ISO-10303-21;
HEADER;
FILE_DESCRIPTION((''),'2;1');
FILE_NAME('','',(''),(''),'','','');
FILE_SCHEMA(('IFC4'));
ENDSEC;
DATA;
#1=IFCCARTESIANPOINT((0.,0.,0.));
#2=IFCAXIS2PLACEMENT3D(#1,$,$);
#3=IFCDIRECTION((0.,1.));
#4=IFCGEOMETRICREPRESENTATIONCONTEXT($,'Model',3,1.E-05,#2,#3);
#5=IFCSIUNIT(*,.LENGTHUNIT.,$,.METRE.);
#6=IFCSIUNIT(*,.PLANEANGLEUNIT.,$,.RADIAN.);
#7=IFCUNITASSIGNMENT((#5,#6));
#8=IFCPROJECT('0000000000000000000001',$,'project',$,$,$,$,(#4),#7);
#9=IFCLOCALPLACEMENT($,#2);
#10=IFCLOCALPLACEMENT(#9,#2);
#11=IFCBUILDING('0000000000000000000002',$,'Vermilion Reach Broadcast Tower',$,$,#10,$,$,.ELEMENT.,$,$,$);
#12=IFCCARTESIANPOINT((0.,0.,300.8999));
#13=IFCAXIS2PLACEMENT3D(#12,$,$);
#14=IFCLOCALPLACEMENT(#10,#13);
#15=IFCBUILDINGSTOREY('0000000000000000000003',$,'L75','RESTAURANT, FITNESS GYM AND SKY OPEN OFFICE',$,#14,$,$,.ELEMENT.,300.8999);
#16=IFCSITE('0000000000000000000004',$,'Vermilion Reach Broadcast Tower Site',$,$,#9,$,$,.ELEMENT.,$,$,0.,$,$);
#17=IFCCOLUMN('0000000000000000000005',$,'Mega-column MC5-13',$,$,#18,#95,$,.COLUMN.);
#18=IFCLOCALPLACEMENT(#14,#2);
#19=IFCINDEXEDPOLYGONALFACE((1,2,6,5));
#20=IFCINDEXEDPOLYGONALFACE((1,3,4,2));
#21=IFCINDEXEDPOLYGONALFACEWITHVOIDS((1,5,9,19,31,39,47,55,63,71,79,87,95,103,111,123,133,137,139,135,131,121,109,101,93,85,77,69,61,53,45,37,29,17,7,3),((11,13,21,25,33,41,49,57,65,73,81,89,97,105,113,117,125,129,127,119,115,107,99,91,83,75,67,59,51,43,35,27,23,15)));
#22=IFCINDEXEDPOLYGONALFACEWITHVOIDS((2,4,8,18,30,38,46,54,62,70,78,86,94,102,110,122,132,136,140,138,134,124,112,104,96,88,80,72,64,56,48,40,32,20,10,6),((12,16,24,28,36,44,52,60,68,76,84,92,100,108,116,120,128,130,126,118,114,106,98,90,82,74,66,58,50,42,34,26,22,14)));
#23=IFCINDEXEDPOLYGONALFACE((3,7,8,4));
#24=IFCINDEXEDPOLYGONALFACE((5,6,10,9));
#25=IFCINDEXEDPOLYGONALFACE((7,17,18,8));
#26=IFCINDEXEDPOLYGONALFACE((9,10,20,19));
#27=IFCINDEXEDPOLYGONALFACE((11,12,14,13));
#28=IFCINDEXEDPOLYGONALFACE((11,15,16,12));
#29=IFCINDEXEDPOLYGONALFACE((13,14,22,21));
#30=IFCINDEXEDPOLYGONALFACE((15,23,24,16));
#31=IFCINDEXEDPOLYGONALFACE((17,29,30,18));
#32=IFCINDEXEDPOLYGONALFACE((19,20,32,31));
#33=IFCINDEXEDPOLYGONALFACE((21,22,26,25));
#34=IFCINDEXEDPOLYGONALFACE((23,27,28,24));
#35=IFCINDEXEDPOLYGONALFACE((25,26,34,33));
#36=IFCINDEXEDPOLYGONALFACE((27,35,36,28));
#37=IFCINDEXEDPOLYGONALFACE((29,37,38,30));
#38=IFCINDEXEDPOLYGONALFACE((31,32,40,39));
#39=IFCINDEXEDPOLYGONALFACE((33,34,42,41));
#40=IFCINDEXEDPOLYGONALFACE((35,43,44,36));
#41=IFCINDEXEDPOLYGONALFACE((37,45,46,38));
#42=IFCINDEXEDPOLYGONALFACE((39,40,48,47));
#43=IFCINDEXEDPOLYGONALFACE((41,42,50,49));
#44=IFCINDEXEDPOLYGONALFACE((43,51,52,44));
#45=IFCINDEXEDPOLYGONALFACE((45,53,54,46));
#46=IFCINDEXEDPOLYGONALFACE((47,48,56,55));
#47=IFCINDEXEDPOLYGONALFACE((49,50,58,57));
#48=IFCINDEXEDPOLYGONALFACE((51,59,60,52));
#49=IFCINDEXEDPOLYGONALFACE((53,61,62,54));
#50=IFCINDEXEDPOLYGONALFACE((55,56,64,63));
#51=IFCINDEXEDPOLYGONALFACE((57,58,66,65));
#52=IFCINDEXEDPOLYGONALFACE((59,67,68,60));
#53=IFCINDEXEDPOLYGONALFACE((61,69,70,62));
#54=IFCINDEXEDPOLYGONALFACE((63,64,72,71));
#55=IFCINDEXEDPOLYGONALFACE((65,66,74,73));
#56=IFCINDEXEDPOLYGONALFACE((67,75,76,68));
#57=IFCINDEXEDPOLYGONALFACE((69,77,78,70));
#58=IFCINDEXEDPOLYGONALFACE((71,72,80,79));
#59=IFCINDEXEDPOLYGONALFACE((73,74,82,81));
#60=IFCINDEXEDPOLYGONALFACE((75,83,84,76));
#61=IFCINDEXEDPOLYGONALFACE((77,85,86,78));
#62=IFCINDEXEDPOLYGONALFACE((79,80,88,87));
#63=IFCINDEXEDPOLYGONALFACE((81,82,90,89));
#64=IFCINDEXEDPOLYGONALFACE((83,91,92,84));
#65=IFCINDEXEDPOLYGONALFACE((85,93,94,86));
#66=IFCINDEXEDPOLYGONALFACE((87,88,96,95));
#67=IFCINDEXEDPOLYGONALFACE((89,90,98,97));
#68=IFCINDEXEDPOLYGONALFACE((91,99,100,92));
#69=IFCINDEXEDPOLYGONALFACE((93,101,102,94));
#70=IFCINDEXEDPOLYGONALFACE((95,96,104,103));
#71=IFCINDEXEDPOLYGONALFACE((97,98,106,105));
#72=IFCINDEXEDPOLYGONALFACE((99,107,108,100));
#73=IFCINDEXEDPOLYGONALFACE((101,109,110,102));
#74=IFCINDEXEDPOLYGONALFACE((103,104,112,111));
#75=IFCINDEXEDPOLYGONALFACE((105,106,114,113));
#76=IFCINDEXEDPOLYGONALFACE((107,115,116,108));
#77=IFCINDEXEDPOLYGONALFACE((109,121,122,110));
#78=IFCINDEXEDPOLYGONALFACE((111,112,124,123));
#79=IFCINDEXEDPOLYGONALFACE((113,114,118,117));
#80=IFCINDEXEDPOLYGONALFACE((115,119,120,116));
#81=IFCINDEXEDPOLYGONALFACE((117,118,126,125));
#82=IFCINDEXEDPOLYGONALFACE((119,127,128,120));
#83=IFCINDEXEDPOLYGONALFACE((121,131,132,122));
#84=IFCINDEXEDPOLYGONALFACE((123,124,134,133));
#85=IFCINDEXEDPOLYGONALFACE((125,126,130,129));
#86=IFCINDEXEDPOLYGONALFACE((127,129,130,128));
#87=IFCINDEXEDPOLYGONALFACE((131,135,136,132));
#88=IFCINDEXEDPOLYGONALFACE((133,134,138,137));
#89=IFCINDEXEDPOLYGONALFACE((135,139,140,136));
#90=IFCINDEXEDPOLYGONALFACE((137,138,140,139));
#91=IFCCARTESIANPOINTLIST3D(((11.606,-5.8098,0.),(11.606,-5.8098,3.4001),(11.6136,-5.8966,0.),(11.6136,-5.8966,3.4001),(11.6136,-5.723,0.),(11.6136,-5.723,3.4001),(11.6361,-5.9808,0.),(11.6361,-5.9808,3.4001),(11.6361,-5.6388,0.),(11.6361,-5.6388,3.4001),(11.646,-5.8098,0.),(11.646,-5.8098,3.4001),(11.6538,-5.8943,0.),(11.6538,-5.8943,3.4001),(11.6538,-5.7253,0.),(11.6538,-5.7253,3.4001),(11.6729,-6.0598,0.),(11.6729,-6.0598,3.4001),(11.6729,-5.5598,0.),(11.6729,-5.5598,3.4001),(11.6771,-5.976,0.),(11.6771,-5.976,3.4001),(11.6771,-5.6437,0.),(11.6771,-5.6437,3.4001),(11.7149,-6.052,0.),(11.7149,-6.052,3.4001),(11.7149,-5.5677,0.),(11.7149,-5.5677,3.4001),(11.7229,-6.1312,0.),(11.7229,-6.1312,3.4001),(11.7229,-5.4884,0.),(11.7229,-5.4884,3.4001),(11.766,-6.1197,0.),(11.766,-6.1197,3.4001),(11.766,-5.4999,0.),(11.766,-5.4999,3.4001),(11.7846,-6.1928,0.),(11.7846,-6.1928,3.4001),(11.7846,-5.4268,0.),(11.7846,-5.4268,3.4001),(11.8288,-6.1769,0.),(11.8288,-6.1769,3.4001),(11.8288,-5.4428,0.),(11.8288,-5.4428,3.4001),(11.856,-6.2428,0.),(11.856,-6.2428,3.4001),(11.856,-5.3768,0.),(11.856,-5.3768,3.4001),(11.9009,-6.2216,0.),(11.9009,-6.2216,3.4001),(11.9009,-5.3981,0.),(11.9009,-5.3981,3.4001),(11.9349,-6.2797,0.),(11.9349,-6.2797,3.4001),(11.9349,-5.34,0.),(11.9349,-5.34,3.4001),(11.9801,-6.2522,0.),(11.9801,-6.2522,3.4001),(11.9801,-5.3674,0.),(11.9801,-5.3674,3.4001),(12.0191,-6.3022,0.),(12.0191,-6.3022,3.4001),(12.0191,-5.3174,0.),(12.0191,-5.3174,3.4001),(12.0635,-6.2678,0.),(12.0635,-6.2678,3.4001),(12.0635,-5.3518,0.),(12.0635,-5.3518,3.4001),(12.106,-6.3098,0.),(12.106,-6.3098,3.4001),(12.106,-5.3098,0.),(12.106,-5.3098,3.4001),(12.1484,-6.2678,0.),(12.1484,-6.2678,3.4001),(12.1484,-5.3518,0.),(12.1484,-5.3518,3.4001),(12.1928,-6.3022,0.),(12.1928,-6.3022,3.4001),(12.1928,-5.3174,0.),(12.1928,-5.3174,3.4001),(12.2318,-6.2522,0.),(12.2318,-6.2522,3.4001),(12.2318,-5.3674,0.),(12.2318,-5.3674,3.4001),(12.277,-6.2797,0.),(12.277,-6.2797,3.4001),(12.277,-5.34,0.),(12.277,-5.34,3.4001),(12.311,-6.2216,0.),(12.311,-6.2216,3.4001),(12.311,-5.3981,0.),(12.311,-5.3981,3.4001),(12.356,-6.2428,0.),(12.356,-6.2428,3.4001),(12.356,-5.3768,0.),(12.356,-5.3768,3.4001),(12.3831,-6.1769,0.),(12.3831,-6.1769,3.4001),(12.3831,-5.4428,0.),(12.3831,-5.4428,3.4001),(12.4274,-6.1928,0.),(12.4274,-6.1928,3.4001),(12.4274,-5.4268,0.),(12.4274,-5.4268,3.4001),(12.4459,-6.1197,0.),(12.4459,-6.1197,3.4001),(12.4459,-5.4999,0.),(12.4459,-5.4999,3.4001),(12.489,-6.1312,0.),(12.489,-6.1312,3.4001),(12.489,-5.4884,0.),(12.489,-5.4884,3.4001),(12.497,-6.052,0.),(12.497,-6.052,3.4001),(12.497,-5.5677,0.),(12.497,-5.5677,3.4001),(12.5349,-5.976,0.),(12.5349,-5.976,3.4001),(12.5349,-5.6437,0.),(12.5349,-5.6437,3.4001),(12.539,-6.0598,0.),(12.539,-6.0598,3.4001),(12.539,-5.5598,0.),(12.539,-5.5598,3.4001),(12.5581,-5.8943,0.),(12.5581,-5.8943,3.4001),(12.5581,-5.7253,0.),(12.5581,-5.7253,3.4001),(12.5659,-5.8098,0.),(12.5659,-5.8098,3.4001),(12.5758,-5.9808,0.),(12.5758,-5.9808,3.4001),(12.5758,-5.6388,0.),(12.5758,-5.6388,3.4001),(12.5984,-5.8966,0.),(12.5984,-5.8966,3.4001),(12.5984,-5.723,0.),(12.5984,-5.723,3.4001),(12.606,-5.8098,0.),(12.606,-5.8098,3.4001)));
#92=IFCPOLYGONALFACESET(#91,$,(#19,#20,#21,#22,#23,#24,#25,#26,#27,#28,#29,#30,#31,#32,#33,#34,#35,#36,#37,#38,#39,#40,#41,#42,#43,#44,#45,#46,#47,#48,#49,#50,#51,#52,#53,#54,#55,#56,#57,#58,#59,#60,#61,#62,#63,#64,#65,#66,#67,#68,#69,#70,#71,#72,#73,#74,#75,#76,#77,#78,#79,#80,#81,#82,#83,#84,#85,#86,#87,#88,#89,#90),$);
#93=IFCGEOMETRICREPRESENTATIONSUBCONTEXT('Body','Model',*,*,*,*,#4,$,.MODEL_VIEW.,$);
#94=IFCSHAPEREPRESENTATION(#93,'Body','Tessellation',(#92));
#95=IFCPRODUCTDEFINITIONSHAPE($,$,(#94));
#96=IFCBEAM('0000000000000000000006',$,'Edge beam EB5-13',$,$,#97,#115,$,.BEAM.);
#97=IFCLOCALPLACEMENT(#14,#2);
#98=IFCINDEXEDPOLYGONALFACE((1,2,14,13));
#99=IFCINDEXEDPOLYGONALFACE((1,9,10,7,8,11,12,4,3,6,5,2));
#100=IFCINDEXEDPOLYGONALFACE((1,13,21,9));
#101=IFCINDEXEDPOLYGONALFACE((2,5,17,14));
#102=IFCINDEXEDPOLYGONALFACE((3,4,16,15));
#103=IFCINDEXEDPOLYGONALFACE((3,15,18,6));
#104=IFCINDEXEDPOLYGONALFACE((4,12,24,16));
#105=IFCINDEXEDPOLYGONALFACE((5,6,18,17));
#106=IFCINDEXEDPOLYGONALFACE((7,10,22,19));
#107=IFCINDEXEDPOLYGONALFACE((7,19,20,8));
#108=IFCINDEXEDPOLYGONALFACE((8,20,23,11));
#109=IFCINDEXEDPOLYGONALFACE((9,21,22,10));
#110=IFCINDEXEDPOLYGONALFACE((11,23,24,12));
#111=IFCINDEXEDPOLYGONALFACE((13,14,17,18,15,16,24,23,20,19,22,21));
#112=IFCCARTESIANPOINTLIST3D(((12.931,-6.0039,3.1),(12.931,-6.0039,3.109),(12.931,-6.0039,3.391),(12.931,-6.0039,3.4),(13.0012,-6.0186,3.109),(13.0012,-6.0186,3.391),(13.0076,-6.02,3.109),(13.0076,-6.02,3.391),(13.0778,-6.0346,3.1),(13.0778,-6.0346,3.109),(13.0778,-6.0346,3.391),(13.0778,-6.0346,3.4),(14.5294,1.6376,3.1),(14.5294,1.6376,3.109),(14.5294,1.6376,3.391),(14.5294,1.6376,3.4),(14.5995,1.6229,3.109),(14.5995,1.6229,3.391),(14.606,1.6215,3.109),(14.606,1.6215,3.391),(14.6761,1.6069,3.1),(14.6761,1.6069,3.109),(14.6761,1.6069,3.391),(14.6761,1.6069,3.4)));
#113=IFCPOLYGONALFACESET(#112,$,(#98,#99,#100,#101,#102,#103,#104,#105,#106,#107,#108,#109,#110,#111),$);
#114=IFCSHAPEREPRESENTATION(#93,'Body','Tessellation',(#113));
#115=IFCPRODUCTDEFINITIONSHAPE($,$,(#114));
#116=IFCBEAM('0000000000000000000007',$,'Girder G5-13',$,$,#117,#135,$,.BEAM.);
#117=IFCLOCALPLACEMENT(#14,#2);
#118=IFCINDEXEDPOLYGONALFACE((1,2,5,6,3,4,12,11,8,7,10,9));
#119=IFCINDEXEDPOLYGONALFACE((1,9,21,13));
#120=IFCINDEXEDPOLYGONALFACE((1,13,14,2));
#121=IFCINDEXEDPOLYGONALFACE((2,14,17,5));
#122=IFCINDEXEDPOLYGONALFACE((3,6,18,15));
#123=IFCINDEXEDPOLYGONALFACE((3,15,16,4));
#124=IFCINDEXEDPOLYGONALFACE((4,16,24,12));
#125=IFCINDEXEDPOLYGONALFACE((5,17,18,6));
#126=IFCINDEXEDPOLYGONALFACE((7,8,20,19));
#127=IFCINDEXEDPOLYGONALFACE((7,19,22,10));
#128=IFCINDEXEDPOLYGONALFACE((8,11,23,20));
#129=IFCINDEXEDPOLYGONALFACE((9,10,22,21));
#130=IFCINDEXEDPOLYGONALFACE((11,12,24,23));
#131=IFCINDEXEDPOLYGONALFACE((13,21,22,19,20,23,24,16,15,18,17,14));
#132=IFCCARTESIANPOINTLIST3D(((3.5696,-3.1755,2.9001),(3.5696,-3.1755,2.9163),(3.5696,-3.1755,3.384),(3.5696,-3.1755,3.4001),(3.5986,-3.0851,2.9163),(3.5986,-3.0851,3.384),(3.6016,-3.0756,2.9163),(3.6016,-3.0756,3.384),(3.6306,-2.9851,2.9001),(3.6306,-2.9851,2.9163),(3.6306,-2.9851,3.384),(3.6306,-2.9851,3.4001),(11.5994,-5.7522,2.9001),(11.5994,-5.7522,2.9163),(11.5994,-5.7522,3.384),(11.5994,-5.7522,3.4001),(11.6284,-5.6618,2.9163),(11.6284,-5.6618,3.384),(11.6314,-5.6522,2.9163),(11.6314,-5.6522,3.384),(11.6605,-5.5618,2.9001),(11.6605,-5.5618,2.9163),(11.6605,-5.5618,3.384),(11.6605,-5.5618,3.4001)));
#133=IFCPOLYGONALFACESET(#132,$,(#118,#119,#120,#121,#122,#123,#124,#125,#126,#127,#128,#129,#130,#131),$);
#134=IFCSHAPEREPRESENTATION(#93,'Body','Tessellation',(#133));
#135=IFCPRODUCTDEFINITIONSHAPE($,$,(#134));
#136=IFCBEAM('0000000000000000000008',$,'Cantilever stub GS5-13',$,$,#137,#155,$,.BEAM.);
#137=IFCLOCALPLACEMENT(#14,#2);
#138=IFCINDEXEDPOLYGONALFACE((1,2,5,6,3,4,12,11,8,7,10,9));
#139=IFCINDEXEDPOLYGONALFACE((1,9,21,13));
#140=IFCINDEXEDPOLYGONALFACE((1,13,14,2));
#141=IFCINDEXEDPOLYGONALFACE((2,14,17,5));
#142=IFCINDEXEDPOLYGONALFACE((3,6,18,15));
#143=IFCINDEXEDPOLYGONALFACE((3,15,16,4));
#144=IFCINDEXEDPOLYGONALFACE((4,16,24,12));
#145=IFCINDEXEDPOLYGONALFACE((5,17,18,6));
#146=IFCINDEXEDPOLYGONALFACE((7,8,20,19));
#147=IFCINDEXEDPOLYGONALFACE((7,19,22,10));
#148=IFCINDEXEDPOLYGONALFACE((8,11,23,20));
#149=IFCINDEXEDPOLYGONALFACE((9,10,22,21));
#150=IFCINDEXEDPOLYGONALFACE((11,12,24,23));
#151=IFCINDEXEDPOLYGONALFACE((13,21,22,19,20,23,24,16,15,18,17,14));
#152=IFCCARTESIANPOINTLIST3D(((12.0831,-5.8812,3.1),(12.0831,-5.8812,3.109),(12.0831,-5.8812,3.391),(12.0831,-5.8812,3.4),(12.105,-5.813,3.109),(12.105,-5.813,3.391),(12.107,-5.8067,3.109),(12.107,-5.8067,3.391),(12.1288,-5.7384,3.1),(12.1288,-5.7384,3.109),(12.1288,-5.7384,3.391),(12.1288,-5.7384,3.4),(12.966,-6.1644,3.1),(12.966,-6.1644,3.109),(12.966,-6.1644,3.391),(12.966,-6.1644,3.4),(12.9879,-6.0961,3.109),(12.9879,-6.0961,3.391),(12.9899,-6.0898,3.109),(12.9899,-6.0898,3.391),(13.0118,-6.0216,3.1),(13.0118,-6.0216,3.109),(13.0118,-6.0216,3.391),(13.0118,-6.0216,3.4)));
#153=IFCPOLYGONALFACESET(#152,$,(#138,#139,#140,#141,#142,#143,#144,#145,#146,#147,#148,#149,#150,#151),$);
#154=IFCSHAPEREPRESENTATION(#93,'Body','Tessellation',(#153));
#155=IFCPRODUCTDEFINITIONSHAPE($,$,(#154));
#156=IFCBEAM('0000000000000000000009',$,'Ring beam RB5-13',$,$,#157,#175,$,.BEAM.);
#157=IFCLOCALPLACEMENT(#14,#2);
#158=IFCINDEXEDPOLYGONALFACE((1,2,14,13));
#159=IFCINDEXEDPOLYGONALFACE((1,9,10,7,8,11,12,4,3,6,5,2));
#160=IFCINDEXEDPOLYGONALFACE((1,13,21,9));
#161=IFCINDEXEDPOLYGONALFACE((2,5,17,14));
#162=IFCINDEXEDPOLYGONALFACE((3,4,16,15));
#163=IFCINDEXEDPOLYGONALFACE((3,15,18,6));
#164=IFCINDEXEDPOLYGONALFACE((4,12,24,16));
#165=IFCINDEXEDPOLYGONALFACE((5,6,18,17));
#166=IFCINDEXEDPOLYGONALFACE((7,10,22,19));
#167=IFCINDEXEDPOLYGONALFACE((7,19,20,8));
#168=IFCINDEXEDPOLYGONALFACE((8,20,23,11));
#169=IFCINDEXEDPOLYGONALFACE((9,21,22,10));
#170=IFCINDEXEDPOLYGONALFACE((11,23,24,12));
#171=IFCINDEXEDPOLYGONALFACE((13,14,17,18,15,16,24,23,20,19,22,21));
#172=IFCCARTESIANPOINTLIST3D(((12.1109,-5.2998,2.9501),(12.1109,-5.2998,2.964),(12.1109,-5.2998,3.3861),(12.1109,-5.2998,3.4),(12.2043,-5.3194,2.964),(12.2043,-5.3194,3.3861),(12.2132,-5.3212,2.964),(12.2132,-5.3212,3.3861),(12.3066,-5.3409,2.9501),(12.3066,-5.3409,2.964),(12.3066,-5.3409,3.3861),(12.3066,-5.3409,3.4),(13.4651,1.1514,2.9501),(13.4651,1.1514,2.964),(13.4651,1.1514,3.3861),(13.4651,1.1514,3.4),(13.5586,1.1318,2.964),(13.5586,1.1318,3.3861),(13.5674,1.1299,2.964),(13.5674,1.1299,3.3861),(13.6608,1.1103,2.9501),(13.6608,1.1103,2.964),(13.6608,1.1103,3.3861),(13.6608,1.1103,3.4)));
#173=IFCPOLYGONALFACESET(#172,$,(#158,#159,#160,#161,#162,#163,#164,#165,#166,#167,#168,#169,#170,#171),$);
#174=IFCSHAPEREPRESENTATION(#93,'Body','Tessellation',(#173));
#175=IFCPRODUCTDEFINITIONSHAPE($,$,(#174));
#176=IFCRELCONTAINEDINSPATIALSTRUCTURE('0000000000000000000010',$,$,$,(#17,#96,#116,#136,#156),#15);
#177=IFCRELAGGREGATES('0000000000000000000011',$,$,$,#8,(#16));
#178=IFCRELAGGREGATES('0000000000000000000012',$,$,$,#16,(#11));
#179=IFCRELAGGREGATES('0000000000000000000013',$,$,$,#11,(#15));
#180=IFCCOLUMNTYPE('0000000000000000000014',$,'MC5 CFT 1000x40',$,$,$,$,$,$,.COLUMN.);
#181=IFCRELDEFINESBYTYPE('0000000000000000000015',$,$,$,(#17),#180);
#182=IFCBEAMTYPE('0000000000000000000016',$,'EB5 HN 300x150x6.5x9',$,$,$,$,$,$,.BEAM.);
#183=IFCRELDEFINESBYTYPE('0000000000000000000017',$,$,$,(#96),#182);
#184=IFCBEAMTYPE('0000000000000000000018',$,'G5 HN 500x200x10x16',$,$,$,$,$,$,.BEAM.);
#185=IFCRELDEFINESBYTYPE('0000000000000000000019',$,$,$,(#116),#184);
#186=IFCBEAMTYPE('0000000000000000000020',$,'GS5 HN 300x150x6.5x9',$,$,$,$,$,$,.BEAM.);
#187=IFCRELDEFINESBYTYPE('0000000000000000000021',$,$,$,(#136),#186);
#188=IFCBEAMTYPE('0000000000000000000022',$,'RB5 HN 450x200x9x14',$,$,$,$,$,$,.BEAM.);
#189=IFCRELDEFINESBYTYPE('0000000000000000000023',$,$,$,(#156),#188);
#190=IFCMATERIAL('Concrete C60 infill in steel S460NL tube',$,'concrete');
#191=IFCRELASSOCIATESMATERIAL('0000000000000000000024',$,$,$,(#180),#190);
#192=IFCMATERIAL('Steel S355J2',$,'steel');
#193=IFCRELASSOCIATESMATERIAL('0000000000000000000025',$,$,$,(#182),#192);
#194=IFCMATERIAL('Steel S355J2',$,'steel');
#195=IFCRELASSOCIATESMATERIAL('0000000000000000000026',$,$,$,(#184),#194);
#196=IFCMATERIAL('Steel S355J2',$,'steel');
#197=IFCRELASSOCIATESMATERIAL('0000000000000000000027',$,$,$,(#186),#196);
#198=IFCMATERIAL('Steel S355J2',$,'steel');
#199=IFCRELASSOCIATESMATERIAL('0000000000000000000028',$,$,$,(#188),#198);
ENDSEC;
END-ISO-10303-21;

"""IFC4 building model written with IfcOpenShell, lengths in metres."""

from ifc_helpers import new_model, si_unit, direction, frame, origin, origin_2d, place, context, subcontext, project, spatial, hollow_circle, i_section, extrude, material, material_profile, profile_set, type_object, element, save


model = new_model("IFC4")

# Units and contexts
model_context = context("Model", 3, precision=1e-05, world=origin(), true_north=direction((0.0, 1.0)))
body_context = subcontext(model_context, "Body", "Model", "MODEL_VIEW")
ifc_project = project(units=[si_unit("LENGTHUNIT", "METRE"), si_unit("PLANEANGLEUNIT", "RADIAN")], contexts=[model_context])

# Site, building, storey
site_placement = place(None, origin())
site = spatial("IfcSite", under=ifc_project, at=site_placement, Name="Vermilion Reach Broadcast Tower Site", CompositionType="ELEMENT", RefElevation=0.0)
building_placement = place(site_placement, origin())
building = spatial("IfcBuilding", under=site, at=building_placement, Name="Vermilion Reach Broadcast Tower", CompositionType="ELEMENT")
storey_placement = place(building_placement, frame((0.0, 0.0, 300.8999)))
storey = spatial("IfcBuildingStorey", under=building, at=storey_placement, Name="L75", Description="RESTAURANT, FITNESS GYM AND SKY OPEN OFFICE", CompositionType="ELEMENT", Elevation=300.8999)

# Column
ifc_material_1 = material(Name="Concrete C60 infill in steel S460NL tube", Category="concrete")
ifc_material_profile_1 = material_profile(ifc_material_1, hollow_circle(Radius=0.5, WallThickness=0.04, at=origin_2d()), Name="Concrete C60 infill in steel S460NL tube CFT 1000x40")
ifc_profile_set_1 = profile_set([ifc_material_profile_1], Name="Concrete C60 infill in steel S460NL tube")
column_type = type_object("IfcColumnType", Name="MC5 CFT 1000x40", PredefinedType="COLUMN", material=ifc_profile_set_1)
column_placement = place(storey_placement, frame((12.106, -5.8098, 0.0), z_axis=(0.0, 0.0, 1.0), x_axis=(1.0, 0.0, 0.0)))
element("IfcColumn", 1, at=column_placement, inside=storey, type_object=column_type, Name="Mega-column MC5-13", PredefinedType="COLUMN", context=body_context, shape_type="SweptSolid", body=[
    extrude(hollow_circle(Radius=0.5, WallThickness=0.04, at=origin_2d()), origin(), (0.0, 0.0, 1.0), 3.4001),
])

# Beams
ifc_material_2 = material(Name="Steel S355J2", Category="steel")
ifc_material_profile_2 = material_profile(ifc_material_2, i_section(OverallWidth=0.1499, OverallDepth=0.3, WebThickness=0.0066, FlangeThickness=0.009, at=origin_2d()), Name="S355J2 HN 300x150x6.5x9")
ifc_profile_set_2 = profile_set([ifc_material_profile_2], Name="Steel S355J2")
beam_type_1 = type_object("IfcBeamType", Name="EB5 HN 300x150x6.5x9", PredefinedType="BEAM", material=ifc_profile_set_2)
beam_1_placement = place(storey_placement, frame((13.0044, -6.0193, 3.25), z_axis=(0.204738, 0.978817, 0.0), x_axis=(-0.978817, 0.204738, 0.0)))
element("IfcBeam", 2, at=beam_1_placement, inside=storey, type_object=beam_type_1, Name="Edge beam EB5-13", PredefinedType="BEAM", context=body_context, shape_type="SweptSolid", body=[
    extrude(i_section(OverallWidth=0.1499, OverallDepth=0.3, WebThickness=0.0066, FlangeThickness=0.009, at=origin_2d()), origin(), (0.0, 0.0, 1.0), 7.8069),
])
ifc_material_3 = material(Name="Steel S355J2", Category="steel")
ifc_material_profile_3 = material_profile(ifc_material_3, i_section(OverallWidth=0.2, OverallDepth=0.5, WebThickness=0.01, FlangeThickness=0.0161, at=origin_2d()), Name="S355J2 HN 500x200x10x16")
ifc_profile_set_3 = profile_set([ifc_material_profile_3], Name="Steel S355J2")
beam_type_2 = type_object("IfcBeamType", Name="G5 HN 500x200x10x16", PredefinedType="BEAM", material=ifc_profile_set_3)
beam_2_placement = place(storey_placement, frame((3.6001, -3.0803, 3.1501), z_axis=(0.952178, -0.305542, 0.0), x_axis=(0.305542, 0.952178, 0.0)))
element("IfcBeam", 3, at=beam_2_placement, inside=storey, type_object=beam_type_2, Name="Girder G5-13", PredefinedType="BEAM", context=body_context, shape_type="SweptSolid", body=[
    extrude(i_section(OverallWidth=0.2, OverallDepth=0.5, WebThickness=0.01, FlangeThickness=0.0161, at=origin_2d()), origin(), (0.0, 0.0, 1.0), 8.4331),
])
ifc_material_4 = material(Name="Steel S355J2", Category="steel")
ifc_material_profile_4 = material_profile(ifc_material_4, i_section(OverallWidth=0.1499, OverallDepth=0.3, WebThickness=0.0066, FlangeThickness=0.009, at=origin_2d()), Name="S355J2 HN 300x150x6.5x9")
ifc_profile_set_4 = profile_set([ifc_material_profile_4], Name="Steel S355J2")
beam_type_3 = type_object("IfcBeamType", Name="GS5 HN 300x150x6.5x9", PredefinedType="BEAM", material=ifc_profile_set_4)
beam_3_placement = place(storey_placement, frame((12.106, -5.8098, 3.25), z_axis=(0.952228, -0.305387, 0.0), x_axis=(0.305387, 0.952228, 0.0)))
element("IfcBeam", 4, at=beam_3_placement, inside=storey, type_object=beam_type_3, Name="Cantilever stub GS5-13", PredefinedType="BEAM", context=body_context, shape_type="SweptSolid", body=[
    extrude(i_section(OverallWidth=0.1499, OverallDepth=0.3, WebThickness=0.0066, FlangeThickness=0.009, at=origin_2d()), origin(), (0.0, 0.0, 1.0), 0.9272),
])
ifc_material_5 = material(Name="Steel S355J2", Category="steel")
ifc_material_profile_5 = material_profile(ifc_material_5, i_section(OverallWidth=0.2, OverallDepth=0.45, WebThickness=0.009, FlangeThickness=0.0139, at=origin_2d()), Name="S355J2 HN 450x200x9x14")
ifc_profile_set_5 = profile_set([ifc_material_profile_5], Name="Steel S355J2")
beam_type_4 = type_object("IfcBeamType", Name="RB5 HN 450x200x9x14", PredefinedType="BEAM", material=ifc_profile_set_5)
beam_4_placement = place(storey_placement, frame((12.2087, -5.3203, 3.175), z_axis=(0.205445, 0.978669, 0.0), x_axis=(-0.978669, 0.205445, 0.0)))
element("IfcBeam", 5, at=beam_4_placement, inside=storey, type_object=beam_type_4, Name="Ring beam RB5-13", PredefinedType="BEAM", context=body_context, shape_type="SweptSolid", body=[
    extrude(i_section(OverallWidth=0.2, OverallDepth=0.45, WebThickness=0.009, FlangeThickness=0.0139, at=origin_2d()), origin(), (0.0, 0.0, 1.0), 6.5918),
])

save(model, "model.ifc")
